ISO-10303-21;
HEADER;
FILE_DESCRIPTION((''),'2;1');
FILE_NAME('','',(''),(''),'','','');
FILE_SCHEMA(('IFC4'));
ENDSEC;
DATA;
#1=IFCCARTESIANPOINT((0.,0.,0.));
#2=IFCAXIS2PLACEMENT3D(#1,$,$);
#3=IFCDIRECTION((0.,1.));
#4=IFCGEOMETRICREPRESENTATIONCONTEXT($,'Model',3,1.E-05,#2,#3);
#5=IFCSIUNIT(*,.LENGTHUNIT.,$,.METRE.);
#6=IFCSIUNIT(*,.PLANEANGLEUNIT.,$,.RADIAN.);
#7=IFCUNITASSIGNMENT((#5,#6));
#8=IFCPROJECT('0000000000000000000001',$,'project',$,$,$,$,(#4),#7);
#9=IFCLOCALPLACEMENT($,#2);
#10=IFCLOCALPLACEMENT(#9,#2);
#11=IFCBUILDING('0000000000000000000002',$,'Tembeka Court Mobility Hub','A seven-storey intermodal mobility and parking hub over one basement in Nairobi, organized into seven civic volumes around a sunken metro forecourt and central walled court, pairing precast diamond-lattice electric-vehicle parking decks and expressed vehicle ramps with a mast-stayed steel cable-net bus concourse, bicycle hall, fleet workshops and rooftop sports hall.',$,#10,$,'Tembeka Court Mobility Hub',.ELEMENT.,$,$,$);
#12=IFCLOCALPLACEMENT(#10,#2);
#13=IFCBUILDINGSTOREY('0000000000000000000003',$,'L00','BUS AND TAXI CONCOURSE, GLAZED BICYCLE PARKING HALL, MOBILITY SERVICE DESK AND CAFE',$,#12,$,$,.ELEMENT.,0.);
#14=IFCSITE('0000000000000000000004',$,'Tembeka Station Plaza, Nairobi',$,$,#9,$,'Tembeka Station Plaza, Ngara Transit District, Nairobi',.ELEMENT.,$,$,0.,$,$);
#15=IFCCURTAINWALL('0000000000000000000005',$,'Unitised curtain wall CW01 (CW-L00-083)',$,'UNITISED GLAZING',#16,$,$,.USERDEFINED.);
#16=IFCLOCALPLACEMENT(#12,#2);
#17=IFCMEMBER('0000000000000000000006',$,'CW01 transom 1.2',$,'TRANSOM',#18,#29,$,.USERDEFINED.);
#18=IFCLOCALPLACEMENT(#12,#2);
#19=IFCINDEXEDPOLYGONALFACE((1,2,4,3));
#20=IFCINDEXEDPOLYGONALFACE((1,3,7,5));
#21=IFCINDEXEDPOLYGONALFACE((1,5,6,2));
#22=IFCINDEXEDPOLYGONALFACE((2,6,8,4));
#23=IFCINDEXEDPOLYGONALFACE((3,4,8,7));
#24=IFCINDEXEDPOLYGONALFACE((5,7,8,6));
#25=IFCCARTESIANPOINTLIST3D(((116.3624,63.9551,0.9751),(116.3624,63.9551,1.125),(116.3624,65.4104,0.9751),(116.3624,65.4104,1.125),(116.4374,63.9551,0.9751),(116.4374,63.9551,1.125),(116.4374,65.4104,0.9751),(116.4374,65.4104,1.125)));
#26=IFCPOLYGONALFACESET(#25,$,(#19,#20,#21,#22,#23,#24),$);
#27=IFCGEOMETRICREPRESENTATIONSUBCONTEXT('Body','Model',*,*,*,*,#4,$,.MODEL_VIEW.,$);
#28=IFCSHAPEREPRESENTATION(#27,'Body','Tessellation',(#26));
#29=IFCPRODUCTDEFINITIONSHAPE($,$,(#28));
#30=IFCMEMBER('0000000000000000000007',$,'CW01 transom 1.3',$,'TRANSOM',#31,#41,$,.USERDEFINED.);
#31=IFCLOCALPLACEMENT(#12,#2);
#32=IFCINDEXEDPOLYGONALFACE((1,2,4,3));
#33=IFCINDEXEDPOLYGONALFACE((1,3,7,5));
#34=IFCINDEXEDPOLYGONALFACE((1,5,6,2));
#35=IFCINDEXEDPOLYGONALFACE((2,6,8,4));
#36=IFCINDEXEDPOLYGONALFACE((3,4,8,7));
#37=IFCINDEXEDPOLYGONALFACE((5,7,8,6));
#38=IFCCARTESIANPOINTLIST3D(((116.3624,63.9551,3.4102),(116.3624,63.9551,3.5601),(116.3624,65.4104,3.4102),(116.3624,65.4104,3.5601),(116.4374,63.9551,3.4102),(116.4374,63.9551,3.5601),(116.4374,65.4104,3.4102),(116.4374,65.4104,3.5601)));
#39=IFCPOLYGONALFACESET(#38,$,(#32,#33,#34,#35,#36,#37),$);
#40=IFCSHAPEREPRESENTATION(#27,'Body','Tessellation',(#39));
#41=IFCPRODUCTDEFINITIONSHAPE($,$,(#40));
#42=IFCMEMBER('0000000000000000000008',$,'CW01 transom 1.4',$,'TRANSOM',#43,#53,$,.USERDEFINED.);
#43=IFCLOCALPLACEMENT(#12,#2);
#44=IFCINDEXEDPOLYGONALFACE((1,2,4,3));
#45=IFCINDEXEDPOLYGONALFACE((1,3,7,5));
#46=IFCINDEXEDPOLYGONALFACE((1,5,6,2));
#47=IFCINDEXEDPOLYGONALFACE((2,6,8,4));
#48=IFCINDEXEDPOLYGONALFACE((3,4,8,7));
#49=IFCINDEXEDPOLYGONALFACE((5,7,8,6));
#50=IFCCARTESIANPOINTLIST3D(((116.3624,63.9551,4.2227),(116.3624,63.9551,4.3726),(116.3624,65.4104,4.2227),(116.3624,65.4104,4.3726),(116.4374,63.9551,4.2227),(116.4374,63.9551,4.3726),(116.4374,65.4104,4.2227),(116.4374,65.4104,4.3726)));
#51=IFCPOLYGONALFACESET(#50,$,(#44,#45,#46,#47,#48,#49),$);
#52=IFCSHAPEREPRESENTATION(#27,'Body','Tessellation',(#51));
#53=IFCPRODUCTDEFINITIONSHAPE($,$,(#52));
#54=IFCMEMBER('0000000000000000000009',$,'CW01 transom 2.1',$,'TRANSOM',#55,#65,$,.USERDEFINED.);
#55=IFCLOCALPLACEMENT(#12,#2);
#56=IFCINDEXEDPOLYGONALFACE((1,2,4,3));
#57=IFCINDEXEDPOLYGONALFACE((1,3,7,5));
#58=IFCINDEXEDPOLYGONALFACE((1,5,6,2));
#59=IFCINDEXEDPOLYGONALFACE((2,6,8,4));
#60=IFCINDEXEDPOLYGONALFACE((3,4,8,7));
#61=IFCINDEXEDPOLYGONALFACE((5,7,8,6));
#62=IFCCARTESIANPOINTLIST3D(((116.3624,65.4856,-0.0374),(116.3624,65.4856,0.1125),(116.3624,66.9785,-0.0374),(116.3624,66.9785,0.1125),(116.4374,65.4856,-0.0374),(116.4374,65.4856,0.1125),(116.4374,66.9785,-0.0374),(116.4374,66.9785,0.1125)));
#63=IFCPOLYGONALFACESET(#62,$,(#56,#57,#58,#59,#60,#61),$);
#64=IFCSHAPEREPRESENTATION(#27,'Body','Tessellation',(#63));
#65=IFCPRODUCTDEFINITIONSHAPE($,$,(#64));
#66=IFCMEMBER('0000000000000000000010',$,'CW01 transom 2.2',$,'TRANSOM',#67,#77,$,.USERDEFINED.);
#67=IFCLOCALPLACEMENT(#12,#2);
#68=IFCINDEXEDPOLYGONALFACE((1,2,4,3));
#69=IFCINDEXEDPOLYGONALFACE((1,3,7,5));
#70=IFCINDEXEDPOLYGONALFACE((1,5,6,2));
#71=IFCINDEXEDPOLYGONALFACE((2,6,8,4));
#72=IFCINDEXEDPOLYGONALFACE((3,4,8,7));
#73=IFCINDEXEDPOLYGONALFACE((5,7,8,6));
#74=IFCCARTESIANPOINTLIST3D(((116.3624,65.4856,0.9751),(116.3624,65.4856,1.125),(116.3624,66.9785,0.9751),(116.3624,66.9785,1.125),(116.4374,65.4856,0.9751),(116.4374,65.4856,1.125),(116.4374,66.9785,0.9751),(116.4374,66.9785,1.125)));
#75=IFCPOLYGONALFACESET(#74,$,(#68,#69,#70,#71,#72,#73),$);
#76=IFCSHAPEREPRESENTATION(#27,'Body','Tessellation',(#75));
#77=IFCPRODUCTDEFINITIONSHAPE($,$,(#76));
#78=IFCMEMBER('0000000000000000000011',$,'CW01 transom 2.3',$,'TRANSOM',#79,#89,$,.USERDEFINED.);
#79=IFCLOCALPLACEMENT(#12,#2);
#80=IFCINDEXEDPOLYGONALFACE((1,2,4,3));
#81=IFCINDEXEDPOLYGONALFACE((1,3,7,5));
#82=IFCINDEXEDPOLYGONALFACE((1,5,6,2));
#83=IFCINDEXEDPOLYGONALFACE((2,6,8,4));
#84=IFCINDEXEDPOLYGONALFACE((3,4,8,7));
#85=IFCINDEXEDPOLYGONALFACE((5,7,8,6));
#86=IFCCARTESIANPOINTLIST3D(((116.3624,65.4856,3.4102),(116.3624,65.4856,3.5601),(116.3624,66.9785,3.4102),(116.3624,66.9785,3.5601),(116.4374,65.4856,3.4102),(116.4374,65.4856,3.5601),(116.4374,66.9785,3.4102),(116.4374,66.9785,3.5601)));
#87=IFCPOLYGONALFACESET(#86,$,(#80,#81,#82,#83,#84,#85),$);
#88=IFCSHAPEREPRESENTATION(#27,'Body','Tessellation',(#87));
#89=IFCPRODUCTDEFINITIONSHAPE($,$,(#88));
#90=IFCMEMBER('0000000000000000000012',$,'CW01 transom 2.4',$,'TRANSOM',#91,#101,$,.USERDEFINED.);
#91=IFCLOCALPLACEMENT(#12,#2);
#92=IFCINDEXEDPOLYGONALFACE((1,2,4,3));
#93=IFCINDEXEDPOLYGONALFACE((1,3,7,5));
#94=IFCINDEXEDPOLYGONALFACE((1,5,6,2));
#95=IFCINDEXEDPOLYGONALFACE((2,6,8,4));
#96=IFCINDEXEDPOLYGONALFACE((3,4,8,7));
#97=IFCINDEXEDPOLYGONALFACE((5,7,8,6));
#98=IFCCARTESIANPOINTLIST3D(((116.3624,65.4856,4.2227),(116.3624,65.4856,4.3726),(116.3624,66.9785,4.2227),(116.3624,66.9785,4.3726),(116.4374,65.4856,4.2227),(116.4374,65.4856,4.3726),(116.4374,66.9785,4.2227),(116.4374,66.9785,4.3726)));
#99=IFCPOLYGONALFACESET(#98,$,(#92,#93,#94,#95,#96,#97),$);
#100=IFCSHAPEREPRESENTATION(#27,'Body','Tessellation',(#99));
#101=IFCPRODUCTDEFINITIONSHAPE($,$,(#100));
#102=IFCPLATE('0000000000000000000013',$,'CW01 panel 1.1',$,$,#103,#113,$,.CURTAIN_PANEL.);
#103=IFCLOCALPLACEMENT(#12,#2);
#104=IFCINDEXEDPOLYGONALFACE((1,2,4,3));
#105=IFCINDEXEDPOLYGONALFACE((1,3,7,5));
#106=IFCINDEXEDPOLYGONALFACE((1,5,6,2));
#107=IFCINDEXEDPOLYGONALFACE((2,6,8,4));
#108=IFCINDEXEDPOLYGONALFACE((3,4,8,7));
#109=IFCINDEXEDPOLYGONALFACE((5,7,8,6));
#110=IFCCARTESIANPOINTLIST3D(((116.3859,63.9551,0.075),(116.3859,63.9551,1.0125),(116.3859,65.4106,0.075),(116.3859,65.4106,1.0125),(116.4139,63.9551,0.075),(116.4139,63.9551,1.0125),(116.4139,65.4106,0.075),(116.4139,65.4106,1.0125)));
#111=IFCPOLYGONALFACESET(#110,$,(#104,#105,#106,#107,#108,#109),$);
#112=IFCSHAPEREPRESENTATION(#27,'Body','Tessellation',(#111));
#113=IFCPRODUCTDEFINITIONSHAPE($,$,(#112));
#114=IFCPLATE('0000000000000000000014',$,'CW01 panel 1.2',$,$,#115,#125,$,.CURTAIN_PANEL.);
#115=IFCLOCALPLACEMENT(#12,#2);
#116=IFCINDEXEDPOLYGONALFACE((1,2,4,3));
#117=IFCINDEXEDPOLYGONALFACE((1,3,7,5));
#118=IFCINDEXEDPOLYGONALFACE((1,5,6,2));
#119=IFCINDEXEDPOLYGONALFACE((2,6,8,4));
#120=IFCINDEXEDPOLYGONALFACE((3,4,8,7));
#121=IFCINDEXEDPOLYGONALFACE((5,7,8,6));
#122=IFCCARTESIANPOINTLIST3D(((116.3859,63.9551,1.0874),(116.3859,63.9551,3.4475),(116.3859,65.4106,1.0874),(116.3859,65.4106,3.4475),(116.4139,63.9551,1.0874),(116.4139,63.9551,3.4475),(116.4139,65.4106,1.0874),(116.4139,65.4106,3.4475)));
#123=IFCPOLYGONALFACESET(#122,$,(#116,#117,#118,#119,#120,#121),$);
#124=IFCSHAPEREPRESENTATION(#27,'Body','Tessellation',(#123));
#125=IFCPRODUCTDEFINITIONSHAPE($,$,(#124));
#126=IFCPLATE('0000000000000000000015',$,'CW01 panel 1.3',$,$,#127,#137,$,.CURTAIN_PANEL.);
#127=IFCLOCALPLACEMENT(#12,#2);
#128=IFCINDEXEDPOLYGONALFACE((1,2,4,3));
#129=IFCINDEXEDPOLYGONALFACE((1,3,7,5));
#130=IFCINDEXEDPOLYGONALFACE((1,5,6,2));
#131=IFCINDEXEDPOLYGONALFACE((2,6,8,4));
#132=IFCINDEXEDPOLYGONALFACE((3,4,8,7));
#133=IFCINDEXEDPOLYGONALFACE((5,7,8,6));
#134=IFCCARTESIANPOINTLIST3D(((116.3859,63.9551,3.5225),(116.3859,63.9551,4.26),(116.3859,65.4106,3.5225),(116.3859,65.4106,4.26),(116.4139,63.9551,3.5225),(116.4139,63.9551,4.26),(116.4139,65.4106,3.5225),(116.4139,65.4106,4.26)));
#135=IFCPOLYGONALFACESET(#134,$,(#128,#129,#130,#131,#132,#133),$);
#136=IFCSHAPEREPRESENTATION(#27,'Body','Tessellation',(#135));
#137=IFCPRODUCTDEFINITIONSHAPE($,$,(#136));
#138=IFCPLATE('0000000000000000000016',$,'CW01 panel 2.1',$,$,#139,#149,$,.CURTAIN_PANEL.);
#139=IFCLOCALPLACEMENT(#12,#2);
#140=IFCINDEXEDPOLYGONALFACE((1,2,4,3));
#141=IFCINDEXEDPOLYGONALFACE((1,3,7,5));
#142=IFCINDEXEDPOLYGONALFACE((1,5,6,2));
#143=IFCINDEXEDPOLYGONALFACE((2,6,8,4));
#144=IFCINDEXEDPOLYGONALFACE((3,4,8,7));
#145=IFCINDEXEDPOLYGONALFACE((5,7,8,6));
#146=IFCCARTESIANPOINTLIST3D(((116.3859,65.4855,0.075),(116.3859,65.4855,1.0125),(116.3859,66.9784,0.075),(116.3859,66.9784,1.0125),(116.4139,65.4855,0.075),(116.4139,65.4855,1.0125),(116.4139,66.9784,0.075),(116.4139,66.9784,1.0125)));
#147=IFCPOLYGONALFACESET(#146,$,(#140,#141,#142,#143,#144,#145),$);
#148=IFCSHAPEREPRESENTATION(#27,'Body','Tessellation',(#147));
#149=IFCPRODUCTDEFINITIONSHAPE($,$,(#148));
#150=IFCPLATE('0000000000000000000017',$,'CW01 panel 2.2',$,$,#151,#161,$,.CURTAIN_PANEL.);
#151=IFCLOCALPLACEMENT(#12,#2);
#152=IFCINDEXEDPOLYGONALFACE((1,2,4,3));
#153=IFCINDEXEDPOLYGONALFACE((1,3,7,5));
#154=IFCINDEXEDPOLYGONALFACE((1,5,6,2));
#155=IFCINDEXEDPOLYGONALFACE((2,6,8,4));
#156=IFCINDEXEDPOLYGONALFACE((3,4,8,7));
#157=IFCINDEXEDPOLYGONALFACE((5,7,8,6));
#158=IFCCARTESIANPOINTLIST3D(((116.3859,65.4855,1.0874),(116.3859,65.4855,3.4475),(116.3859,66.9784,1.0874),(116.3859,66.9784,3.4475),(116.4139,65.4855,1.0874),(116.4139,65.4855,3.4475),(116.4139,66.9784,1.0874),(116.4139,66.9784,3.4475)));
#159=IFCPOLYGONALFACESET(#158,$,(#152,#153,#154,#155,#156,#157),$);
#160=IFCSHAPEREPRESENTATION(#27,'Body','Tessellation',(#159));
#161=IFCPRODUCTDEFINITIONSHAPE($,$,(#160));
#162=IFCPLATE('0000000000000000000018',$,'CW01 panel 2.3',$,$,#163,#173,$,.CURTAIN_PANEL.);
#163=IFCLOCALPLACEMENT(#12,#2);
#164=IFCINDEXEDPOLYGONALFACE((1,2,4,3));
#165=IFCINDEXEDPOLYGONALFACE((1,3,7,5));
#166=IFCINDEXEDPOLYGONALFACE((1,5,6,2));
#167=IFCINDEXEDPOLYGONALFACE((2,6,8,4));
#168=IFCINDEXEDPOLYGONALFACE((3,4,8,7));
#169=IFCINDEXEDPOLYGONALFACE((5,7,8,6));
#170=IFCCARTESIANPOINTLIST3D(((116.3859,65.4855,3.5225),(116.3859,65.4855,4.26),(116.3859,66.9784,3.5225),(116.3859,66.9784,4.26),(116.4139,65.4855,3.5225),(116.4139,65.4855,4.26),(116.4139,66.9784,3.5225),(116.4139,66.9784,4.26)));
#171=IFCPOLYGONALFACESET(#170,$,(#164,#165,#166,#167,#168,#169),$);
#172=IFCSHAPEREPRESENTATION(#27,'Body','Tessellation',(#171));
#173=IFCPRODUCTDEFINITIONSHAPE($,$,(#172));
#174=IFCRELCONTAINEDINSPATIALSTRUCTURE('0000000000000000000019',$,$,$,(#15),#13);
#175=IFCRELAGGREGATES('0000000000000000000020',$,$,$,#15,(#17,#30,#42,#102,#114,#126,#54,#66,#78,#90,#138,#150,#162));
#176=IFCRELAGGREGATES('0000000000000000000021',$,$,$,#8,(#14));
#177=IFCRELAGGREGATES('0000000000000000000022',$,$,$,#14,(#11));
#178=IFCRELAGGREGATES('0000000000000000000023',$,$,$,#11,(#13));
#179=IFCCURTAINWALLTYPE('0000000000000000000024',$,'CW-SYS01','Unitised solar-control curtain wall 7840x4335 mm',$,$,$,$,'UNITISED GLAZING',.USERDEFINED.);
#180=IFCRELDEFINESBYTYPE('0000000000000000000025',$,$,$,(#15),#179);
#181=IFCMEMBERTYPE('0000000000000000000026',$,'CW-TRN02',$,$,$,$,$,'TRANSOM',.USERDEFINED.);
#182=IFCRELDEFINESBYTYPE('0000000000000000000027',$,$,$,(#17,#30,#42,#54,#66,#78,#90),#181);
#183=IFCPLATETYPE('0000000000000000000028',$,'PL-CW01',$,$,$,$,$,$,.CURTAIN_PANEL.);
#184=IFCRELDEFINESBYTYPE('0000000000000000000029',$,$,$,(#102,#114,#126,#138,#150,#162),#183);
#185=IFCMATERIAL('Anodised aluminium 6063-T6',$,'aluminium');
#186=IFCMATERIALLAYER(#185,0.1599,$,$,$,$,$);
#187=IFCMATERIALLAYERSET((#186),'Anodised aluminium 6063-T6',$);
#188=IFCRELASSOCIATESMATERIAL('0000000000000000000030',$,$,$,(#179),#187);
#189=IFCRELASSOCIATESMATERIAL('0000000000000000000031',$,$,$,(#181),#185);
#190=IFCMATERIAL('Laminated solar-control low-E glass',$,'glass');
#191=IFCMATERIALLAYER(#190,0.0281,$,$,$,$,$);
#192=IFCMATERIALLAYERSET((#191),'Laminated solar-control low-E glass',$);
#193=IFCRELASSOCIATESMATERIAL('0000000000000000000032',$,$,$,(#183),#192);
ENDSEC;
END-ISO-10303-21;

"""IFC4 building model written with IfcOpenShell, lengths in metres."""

from ifc_helpers import new_model, si_unit, direction, frame, origin, origin_2d, place, context, subcontext, project, spatial, rectangle, extrude, material, layer, layer_set, material_profile, profile_set, type_object, element, aggregate, save


model = new_model("IFC4")

# Units and contexts
model_context = context("Model", 3, precision=1e-05, world=origin(), true_north=direction((0.0, 1.0)))
body_context = subcontext(model_context, "Body", "Model", "MODEL_VIEW")
ifc_project = project(units=[si_unit("LENGTHUNIT", "METRE"), si_unit("PLANEANGLEUNIT", "RADIAN")], contexts=[model_context])

# Site, building, storey
site_placement = place(None, origin())
site = spatial("IfcSite", under=ifc_project, at=site_placement, Name="Tembeka Station Plaza, Nairobi", LongName="Tembeka Station Plaza, Ngara Transit District, Nairobi", CompositionType="ELEMENT", RefElevation=0.0)
building_placement = place(site_placement, origin())
building = spatial("IfcBuilding", under=site, at=building_placement, Name="Tembeka Court Mobility Hub", Description="A seven-storey intermodal mobility and parking hub over one basement in Nairobi, organized into seven civic volumes around a sunken metro forecourt and central walled court, pairing precast diamond-lattice electric-vehicle parking decks and expressed vehicle ramps with a mast-stayed steel cable-net bus concourse, bicycle hall, fleet workshops and rooftop sports hall.", LongName="Tembeka Court Mobility Hub", CompositionType="ELEMENT")
storey_placement = place(building_placement, origin())
storey = spatial("IfcBuildingStorey", under=building, at=storey_placement, Name="L00", Description="BUS AND TAXI CONCOURSE, GLAZED BICYCLE PARKING HALL, MOBILITY SERVICE DESK AND CAFE", CompositionType="ELEMENT", Elevation=0.0)

# Curtain wall, members, plates
ifc_material_1 = material(Name="Anodised aluminium 6063-T6", Category="aluminium")
ifc_layer_1 = layer(ifc_material_1, 0.1599)
ifc_layer_set_1 = layer_set([ifc_layer_1], Name="Anodised aluminium 6063-T6")
curtain_wall_type = type_object("IfcCurtainWallType", Name="CW-SYS01", Description="Unitised solar-control curtain wall 7840x4335 mm", ElementType="UNITISED GLAZING", PredefinedType="USERDEFINED", material=ifc_layer_set_1)
curtain_wall_placement = place(storey_placement, origin())
curtain_wall = element("IfcCurtainWall", 1, at=curtain_wall_placement, inside=storey, type_object=curtain_wall_type, Name="Unitised curtain wall CW01 (CW-L00-083)", ObjectType="UNITISED GLAZING", PredefinedType="USERDEFINED")
ifc_material_profile_1 = material_profile(ifc_material_1, rectangle(XDim=0.075, YDim=0.1499, at=origin_2d()), Name="ALU-TRN 75x150")
ifc_profile_set_1 = profile_set([ifc_material_profile_1], Name="Anodised aluminium 6063-T6")
member_type_1 = type_object("IfcMemberType", Name="CW-TRN02", ElementType="TRANSOM", PredefinedType="USERDEFINED", material=ifc_profile_set_1)
member_1_placement = place(storey_placement, frame((116.3999, 63.9551, 1.05), z_axis=(0.0, 1.0, 0.0), x_axis=(-1.0, 0.0, 0.0)))
member_1 = element("IfcMember", 2, at=member_1_placement, type_object=member_type_1, Name="CW01 transom 1.2", ObjectType="TRANSOM", PredefinedType="USERDEFINED", context=body_context, shape_type="SweptSolid", body=[
    extrude(rectangle(XDim=0.075, YDim=0.1499, at=origin_2d()), origin(), (0.0, 0.0, 1.0), 1.4553),
])
member_2_placement = place(storey_placement, frame((116.3999, 63.9551, 3.4851), z_axis=(0.0, 1.0, 0.0), x_axis=(-1.0, 0.0, 0.0)))
member_2 = element("IfcMember", 3, at=member_2_placement, type_object=member_type_1, Name="CW01 transom 1.3", ObjectType="TRANSOM", PredefinedType="USERDEFINED", context=body_context, shape_type="SweptSolid", body=[
    extrude(rectangle(XDim=0.075, YDim=0.1499, at=origin_2d()), origin(), (0.0, 0.0, 1.0), 1.4553),
])
member_3_placement = place(storey_placement, frame((116.3999, 63.9551, 4.2976), z_axis=(0.0, 1.0, 0.0), x_axis=(-1.0, 0.0, 0.0)))
member_3 = element("IfcMember", 4, at=member_3_placement, type_object=member_type_1, Name="CW01 transom 1.4", ObjectType="TRANSOM", PredefinedType="USERDEFINED", context=body_context, shape_type="SweptSolid", body=[
    extrude(rectangle(XDim=0.075, YDim=0.1499, at=origin_2d()), origin(), (0.0, 0.0, 1.0), 1.4553),
])
member_4_placement = place(storey_placement, frame((116.3999, 65.4856, 0.0376), z_axis=(0.0, 1.0, 0.0), x_axis=(-1.0, 0.0, 0.0)))
member_4 = element("IfcMember", 5, at=member_4_placement, type_object=member_type_1, Name="CW01 transom 2.1", ObjectType="TRANSOM", PredefinedType="USERDEFINED", context=body_context, shape_type="SweptSolid", body=[
    extrude(rectangle(XDim=0.075, YDim=0.1499, at=origin_2d()), origin(), (0.0, 0.0, 1.0), 1.4929),
])
member_5_placement = place(storey_placement, frame((116.3999, 65.4856, 1.05), z_axis=(0.0, 1.0, 0.0), x_axis=(-1.0, 0.0, 0.0)))
member_5 = element("IfcMember", 6, at=member_5_placement, type_object=member_type_1, Name="CW01 transom 2.2", ObjectType="TRANSOM", PredefinedType="USERDEFINED", context=body_context, shape_type="SweptSolid", body=[
    extrude(rectangle(XDim=0.075, YDim=0.1499, at=origin_2d()), origin(), (0.0, 0.0, 1.0), 1.4929),
])
member_6_placement = place(storey_placement, frame((116.3999, 65.4856, 3.4851), z_axis=(0.0, 1.0, 0.0), x_axis=(-1.0, 0.0, 0.0)))
member_6 = element("IfcMember", 7, at=member_6_placement, type_object=member_type_1, Name="CW01 transom 2.3", ObjectType="TRANSOM", PredefinedType="USERDEFINED", context=body_context, shape_type="SweptSolid", body=[
    extrude(rectangle(XDim=0.075, YDim=0.1499, at=origin_2d()), origin(), (0.0, 0.0, 1.0), 1.4929),
])
member_7_placement = place(storey_placement, frame((116.3999, 65.4856, 4.2976), z_axis=(0.0, 1.0, 0.0), x_axis=(-1.0, 0.0, 0.0)))
member_7 = element("IfcMember", 8, at=member_7_placement, type_object=member_type_1, Name="CW01 transom 2.4", ObjectType="TRANSOM", PredefinedType="USERDEFINED", context=body_context, shape_type="SweptSolid", body=[
    extrude(rectangle(XDim=0.075, YDim=0.1499, at=origin_2d()), origin(), (0.0, 0.0, 1.0), 1.4929),
])
ifc_material_2 = material(Name="Laminated solar-control low-E glass", Category="glass")
ifc_layer_2 = layer(ifc_material_2, 0.0281)
ifc_layer_set_2 = layer_set([ifc_layer_2], Name="Laminated solar-control low-E glass")
plate_type = type_object("IfcPlateType", Name="PL-CW01", PredefinedType="CURTAIN_PANEL", material=ifc_layer_set_2)
plate_1_placement = place(storey_placement, frame((116.3999, 64.6829, 0.075), z_axis=(0.0, 0.0, 1.0), x_axis=(0.0, 1.0, 0.0)))
plate_1 = element("IfcPlate", 9, at=plate_1_placement, type_object=plate_type, Name="CW01 panel 1.1", PredefinedType="CURTAIN_PANEL", context=body_context, shape_type="SweptSolid", body=[
    extrude(rectangle(XDim=1.4556, YDim=0.0281, at=origin_2d()), origin(), (0.0, 0.0, 1.0), 0.9375),
])
plate_2_placement = place(storey_placement, frame((116.3999, 64.6829, 1.0874), z_axis=(0.0, 0.0, 1.0), x_axis=(0.0, 1.0, 0.0)))
plate_2 = element("IfcPlate", 10, at=plate_2_placement, type_object=plate_type, Name="CW01 panel 1.2", PredefinedType="CURTAIN_PANEL", context=body_context, shape_type="SweptSolid", body=[
    extrude(rectangle(XDim=1.4556, YDim=0.0281, at=origin_2d()), origin(), (0.0, 0.0, 1.0), 2.3601),
])
plate_3_placement = place(storey_placement, frame((116.3999, 64.6829, 3.5225), z_axis=(0.0, 0.0, 1.0), x_axis=(0.0, 1.0, 0.0)))
plate_3 = element("IfcPlate", 11, at=plate_3_placement, type_object=plate_type, Name="CW01 panel 1.3", PredefinedType="CURTAIN_PANEL", context=body_context, shape_type="SweptSolid", body=[
    extrude(rectangle(XDim=1.4556, YDim=0.0281, at=origin_2d()), origin(), (0.0, 0.0, 1.0), 0.7375),
])
plate_4_placement = place(storey_placement, frame((116.3999, 66.2319, 0.075), z_axis=(0.0, 0.0, 1.0), x_axis=(0.0, 1.0, 0.0)))
plate_4 = element("IfcPlate", 12, at=plate_4_placement, type_object=plate_type, Name="CW01 panel 2.1", PredefinedType="CURTAIN_PANEL", context=body_context, shape_type="SweptSolid", body=[
    extrude(rectangle(XDim=1.4929, YDim=0.0281, at=origin_2d()), origin(), (0.0, 0.0, 1.0), 0.9375),
])
plate_5_placement = place(storey_placement, frame((116.3999, 66.2319, 1.0874), z_axis=(0.0, 0.0, 1.0), x_axis=(0.0, 1.0, 0.0)))
plate_5 = element("IfcPlate", 13, at=plate_5_placement, type_object=plate_type, Name="CW01 panel 2.2", PredefinedType="CURTAIN_PANEL", context=body_context, shape_type="SweptSolid", body=[
    extrude(rectangle(XDim=1.4929, YDim=0.0281, at=origin_2d()), origin(), (0.0, 0.0, 1.0), 2.3601),
])
plate_6_placement = place(storey_placement, frame((116.3999, 66.2319, 3.5225), z_axis=(0.0, 0.0, 1.0), x_axis=(0.0, 1.0, 0.0)))
plate_6 = element("IfcPlate", 14, at=plate_6_placement, type_object=plate_type, Name="CW01 panel 2.3", PredefinedType="CURTAIN_PANEL", context=body_context, shape_type="SweptSolid", body=[
    extrude(rectangle(XDim=1.4929, YDim=0.0281, at=origin_2d()), origin(), (0.0, 0.0, 1.0), 0.7375),
])
aggregate(curtain_wall, [member_1, member_2, member_3, plate_1, plate_2, plate_3, member_4, member_5, member_6, member_7, plate_4, plate_5, plate_6])

save(model, "model.ifc")
